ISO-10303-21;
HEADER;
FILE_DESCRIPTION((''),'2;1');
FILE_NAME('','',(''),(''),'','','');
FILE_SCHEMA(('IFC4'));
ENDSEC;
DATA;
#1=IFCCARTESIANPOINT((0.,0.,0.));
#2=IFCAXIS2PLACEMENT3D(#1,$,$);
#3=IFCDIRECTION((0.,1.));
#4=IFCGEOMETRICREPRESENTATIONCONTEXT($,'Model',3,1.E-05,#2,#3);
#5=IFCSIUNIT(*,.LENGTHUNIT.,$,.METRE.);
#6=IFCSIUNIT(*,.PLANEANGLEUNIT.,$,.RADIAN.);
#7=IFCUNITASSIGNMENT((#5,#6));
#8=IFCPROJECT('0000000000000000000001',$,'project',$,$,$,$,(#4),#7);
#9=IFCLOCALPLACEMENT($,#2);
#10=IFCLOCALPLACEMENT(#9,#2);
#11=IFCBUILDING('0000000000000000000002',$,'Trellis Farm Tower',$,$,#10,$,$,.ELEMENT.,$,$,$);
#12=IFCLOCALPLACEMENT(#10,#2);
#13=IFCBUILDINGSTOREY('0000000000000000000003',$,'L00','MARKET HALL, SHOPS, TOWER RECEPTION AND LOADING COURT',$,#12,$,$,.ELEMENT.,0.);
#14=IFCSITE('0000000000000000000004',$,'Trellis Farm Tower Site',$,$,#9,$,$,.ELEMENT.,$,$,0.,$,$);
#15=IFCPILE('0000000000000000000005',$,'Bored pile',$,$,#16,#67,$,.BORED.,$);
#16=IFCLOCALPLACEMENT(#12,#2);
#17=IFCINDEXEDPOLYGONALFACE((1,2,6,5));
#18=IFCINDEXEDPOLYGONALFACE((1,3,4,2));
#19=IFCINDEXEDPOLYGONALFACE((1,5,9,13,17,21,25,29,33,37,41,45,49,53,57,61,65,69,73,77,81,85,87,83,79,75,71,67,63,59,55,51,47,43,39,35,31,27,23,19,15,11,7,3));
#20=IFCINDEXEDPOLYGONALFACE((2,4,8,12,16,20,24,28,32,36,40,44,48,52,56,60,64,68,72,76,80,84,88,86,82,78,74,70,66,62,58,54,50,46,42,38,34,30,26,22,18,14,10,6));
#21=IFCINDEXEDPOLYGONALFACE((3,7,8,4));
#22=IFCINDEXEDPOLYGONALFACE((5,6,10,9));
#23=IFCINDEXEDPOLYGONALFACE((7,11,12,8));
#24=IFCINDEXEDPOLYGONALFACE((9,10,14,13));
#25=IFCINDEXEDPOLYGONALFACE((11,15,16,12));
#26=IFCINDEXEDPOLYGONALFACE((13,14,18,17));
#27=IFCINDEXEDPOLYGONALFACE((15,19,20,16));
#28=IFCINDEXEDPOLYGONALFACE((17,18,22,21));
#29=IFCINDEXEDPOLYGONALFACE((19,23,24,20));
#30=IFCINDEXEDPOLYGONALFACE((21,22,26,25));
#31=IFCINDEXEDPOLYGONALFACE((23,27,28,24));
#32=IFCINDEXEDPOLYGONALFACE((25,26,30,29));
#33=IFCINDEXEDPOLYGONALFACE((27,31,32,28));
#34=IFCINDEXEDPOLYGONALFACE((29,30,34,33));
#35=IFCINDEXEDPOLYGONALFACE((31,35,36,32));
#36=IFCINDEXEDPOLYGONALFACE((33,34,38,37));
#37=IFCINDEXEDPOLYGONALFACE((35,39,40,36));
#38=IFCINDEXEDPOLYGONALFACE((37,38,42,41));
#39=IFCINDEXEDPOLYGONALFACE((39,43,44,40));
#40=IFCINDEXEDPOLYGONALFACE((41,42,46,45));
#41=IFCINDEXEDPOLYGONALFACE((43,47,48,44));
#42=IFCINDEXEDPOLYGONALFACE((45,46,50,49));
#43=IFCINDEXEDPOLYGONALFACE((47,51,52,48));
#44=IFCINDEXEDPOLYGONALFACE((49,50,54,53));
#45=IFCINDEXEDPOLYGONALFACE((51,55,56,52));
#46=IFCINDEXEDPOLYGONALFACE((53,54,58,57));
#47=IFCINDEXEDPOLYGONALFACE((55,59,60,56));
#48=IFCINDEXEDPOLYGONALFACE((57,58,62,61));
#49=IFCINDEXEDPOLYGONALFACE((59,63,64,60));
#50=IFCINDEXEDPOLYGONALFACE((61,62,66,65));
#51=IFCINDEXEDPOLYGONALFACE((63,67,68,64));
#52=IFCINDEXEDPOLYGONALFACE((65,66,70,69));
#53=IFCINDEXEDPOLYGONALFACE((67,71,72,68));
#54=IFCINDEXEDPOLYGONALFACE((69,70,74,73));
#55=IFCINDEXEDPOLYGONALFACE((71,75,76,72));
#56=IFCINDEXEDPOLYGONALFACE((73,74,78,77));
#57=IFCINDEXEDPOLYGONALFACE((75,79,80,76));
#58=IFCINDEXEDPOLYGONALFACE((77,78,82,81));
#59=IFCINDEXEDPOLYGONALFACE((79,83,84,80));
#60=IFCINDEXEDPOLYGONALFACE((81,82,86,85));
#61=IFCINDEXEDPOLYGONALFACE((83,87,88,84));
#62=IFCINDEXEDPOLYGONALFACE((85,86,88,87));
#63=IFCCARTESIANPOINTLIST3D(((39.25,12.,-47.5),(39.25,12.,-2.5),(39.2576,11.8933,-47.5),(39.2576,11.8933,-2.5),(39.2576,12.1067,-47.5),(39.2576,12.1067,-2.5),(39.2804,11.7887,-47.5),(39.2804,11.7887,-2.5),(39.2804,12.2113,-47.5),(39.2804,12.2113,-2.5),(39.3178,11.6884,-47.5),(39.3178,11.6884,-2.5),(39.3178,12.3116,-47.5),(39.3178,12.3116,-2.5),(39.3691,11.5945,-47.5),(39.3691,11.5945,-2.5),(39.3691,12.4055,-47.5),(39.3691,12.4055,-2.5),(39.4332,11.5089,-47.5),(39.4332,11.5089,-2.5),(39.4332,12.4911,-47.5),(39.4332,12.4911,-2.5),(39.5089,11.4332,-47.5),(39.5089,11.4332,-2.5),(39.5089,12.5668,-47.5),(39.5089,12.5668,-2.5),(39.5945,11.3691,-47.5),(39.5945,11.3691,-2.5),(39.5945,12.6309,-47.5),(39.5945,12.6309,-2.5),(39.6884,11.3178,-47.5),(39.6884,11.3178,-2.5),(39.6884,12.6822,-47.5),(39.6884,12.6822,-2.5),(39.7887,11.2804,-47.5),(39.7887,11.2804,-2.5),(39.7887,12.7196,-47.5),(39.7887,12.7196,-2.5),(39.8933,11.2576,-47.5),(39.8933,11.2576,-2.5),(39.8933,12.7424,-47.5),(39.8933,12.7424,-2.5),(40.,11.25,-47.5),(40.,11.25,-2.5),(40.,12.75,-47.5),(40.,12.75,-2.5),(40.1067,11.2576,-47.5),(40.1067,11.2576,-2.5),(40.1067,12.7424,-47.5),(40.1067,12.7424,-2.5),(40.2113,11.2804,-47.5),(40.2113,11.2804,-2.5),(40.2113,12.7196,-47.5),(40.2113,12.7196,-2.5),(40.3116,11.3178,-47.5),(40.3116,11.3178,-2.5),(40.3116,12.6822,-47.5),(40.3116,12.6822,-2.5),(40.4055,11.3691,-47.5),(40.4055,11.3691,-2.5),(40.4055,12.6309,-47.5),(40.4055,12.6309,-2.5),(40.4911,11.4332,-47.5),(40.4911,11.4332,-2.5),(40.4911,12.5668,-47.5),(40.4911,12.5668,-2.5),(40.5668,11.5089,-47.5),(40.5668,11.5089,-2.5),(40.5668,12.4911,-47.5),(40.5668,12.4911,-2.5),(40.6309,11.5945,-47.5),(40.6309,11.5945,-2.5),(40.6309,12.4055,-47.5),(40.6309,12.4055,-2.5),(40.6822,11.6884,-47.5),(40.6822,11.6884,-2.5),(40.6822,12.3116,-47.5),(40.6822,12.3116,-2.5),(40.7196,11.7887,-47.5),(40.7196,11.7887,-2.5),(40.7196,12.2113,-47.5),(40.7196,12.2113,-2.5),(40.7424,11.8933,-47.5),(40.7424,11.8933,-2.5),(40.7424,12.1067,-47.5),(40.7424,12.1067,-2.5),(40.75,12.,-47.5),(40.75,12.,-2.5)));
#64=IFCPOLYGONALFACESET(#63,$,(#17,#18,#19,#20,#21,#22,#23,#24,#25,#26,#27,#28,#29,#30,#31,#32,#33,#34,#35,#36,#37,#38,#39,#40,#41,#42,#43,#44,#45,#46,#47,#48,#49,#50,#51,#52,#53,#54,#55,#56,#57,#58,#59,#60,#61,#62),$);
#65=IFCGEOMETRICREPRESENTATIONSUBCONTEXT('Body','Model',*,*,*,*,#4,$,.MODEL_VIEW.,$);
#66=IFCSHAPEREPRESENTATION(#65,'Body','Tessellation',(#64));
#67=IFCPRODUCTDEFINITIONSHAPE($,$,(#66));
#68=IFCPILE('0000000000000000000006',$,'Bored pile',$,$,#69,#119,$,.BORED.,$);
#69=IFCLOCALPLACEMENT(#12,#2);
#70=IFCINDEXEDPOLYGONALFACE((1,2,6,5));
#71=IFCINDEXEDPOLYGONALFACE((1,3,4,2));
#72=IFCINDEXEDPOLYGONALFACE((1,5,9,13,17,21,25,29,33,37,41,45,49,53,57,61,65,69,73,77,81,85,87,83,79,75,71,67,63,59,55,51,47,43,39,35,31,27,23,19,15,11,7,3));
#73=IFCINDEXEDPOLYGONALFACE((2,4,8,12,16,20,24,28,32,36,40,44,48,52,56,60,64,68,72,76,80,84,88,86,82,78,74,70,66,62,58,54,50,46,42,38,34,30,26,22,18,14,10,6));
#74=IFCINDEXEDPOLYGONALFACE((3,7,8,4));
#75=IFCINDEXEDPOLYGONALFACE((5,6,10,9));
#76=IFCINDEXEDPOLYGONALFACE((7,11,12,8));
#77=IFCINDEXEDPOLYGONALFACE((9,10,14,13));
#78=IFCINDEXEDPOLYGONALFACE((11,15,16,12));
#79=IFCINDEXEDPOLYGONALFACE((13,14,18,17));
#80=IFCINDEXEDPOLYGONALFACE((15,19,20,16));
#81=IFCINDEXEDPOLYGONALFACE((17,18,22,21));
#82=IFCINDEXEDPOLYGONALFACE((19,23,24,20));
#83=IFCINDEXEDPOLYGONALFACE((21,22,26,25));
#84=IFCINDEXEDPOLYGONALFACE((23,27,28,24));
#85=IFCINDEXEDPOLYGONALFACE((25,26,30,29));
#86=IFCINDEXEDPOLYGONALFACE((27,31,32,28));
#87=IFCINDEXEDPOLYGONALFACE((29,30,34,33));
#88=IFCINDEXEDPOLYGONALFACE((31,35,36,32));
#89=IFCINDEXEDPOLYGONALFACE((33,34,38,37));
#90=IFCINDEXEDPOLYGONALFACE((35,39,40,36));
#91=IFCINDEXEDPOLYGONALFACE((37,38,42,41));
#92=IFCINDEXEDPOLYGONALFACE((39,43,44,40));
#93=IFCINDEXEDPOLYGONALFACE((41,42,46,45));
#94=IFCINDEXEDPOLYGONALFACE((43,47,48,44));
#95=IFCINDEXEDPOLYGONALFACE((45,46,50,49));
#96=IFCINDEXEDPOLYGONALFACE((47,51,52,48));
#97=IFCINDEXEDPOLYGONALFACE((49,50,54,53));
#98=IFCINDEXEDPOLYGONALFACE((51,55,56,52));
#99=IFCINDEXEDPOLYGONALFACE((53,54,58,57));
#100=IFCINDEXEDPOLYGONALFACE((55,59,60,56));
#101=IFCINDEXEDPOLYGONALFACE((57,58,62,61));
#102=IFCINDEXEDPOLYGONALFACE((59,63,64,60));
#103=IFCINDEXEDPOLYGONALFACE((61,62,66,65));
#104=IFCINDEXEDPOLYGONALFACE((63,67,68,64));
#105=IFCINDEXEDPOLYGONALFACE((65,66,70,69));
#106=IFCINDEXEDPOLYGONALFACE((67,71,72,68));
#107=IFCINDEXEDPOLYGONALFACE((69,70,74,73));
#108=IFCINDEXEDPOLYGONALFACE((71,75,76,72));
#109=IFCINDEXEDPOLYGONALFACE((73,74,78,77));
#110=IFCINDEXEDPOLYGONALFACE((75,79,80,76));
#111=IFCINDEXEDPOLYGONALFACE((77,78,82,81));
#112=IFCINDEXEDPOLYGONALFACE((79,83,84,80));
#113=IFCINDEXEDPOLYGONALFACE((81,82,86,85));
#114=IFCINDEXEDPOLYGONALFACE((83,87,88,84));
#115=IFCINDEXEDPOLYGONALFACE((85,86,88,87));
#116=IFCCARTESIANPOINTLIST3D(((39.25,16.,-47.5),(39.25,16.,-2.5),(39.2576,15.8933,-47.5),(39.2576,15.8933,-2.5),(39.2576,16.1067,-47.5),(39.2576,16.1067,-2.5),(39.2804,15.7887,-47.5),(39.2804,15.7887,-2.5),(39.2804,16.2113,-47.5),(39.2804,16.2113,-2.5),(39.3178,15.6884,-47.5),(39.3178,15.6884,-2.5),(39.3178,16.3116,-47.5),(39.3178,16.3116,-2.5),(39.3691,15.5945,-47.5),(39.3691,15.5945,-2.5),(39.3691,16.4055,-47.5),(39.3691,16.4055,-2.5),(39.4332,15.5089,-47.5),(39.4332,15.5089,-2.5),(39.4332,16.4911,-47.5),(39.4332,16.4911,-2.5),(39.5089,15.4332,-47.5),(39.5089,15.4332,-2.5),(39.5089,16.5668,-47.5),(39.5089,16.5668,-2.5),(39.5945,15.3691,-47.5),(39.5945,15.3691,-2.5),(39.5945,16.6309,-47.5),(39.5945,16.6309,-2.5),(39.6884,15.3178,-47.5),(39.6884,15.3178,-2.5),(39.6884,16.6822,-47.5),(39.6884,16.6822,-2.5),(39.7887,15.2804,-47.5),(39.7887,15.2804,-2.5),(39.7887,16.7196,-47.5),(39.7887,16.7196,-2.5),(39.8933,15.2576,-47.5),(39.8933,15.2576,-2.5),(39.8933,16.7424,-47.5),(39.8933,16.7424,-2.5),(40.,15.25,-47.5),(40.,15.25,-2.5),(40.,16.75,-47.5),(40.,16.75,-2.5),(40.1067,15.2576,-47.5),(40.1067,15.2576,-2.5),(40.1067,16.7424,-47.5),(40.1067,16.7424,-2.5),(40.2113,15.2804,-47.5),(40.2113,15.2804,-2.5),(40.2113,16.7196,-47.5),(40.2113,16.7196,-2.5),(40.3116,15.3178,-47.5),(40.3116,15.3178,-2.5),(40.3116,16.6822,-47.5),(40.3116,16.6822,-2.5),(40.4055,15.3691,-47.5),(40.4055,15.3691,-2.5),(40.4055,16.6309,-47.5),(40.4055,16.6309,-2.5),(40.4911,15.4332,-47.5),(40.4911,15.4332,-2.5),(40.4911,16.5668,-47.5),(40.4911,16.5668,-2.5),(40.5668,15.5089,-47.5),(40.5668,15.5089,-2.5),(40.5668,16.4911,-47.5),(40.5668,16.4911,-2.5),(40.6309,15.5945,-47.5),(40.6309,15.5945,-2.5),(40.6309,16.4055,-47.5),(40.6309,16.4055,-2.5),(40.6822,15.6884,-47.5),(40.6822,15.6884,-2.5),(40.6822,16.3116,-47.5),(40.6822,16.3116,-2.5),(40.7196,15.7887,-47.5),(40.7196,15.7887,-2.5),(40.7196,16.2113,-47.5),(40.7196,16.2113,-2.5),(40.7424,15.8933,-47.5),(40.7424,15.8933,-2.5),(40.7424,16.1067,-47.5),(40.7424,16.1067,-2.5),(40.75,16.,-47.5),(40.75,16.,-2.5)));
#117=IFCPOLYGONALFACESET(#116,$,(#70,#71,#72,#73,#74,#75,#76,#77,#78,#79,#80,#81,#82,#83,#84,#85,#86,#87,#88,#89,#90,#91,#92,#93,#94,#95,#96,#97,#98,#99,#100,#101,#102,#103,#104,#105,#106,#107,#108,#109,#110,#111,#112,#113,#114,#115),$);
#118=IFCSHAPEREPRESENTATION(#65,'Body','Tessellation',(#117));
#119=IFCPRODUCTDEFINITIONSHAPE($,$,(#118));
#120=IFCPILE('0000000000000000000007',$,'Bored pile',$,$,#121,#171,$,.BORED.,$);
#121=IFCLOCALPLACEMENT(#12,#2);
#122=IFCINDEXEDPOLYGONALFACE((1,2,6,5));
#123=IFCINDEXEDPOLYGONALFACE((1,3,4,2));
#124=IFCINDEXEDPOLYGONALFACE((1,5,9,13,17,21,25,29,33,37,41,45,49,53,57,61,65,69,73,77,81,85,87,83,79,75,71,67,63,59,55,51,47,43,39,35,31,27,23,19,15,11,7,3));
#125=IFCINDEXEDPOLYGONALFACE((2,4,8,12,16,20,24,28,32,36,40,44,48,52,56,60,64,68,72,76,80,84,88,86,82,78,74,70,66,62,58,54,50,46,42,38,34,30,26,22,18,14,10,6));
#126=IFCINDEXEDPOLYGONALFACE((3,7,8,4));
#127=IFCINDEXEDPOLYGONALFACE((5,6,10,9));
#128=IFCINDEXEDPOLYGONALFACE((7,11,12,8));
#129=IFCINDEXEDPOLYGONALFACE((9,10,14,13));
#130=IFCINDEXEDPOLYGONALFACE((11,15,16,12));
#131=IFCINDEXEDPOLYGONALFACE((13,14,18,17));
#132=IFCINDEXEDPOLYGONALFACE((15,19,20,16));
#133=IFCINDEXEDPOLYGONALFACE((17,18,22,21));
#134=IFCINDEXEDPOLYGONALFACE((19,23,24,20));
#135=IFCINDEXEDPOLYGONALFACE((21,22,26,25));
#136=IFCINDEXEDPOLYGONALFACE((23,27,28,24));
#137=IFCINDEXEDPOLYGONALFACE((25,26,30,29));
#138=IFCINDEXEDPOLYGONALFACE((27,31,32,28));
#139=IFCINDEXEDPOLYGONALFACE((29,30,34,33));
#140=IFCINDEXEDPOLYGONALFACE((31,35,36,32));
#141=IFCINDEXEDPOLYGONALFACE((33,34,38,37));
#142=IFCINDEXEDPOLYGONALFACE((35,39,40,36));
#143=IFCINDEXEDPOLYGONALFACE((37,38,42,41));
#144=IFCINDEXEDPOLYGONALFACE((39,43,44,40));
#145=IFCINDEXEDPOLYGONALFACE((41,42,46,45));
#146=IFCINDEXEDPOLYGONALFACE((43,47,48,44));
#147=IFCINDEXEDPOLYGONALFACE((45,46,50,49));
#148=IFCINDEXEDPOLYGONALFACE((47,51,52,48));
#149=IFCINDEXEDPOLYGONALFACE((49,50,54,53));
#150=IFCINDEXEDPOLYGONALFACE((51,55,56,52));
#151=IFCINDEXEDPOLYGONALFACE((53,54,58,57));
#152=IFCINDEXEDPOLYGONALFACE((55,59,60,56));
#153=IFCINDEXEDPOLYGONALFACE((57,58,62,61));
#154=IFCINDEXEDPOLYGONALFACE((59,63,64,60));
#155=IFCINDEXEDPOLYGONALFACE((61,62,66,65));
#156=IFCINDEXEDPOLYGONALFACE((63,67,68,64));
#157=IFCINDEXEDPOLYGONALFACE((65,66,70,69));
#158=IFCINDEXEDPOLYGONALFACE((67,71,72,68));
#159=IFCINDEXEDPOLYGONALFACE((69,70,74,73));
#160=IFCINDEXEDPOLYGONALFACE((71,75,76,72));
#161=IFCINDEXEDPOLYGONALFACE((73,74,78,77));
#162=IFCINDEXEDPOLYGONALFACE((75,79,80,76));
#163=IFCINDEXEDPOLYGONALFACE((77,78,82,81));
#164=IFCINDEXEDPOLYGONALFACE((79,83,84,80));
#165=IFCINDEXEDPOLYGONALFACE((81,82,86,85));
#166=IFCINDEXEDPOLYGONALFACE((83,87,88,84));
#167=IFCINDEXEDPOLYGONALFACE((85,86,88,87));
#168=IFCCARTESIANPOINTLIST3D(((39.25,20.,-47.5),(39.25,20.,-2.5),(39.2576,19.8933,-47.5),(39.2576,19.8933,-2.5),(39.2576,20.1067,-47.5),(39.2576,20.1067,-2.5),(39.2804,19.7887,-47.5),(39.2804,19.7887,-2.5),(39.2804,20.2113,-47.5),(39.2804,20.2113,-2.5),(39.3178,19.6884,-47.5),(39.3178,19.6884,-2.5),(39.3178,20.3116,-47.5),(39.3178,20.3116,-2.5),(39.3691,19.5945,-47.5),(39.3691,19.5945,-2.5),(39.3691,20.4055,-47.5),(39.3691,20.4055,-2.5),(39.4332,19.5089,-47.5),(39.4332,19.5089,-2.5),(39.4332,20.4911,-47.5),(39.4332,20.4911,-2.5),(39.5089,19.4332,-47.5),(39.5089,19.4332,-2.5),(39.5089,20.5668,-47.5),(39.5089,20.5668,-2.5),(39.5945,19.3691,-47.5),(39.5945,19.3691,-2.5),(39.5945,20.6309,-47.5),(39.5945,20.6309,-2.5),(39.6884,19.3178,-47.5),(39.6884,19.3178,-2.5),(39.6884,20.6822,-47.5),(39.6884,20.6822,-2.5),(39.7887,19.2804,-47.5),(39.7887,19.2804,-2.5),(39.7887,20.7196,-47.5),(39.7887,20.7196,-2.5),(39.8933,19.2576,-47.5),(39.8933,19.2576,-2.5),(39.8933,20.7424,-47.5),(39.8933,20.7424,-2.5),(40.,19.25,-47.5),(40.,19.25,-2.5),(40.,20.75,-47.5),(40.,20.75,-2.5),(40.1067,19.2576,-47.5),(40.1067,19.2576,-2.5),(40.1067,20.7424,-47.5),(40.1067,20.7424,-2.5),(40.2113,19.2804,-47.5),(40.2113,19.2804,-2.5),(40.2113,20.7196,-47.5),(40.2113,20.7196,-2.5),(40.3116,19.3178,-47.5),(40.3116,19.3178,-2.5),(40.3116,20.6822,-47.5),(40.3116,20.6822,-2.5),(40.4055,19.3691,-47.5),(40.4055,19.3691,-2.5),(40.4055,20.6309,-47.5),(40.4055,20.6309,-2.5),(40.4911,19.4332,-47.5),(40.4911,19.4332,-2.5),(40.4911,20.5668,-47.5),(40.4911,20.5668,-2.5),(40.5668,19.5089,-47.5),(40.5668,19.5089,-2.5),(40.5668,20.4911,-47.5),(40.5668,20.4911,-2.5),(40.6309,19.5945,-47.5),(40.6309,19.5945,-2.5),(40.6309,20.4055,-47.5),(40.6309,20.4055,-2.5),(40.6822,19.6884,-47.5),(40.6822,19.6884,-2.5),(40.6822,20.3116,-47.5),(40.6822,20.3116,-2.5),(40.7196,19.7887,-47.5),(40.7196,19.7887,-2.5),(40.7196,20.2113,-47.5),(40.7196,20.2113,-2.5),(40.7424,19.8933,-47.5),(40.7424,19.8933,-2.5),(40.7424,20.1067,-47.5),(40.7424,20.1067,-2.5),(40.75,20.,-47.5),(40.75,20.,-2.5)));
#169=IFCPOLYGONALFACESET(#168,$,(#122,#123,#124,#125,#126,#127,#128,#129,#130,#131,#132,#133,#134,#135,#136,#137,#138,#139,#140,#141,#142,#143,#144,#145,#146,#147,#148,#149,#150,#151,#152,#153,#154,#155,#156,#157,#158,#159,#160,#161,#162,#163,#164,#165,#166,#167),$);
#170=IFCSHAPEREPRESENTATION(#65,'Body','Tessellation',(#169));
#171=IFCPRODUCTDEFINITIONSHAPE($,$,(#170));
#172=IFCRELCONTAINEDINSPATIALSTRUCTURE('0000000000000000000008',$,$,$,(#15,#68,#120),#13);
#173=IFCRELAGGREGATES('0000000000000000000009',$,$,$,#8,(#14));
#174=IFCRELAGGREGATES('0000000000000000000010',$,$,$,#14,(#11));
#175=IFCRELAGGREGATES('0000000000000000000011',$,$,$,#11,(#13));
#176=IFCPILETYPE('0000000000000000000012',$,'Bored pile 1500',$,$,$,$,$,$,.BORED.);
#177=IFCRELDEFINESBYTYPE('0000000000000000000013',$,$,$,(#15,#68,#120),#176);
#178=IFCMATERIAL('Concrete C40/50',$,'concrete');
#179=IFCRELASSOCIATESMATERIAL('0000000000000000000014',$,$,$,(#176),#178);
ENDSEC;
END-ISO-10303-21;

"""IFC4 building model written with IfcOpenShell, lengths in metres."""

from ifc_helpers import new_model, si_unit, direction, frame, origin, origin_2d, place, context, subcontext, project, spatial, circle, extrude, source, transform, mapped, material, material_profile, profile_set, type_object, element, save


model = new_model("IFC4")

# Units and contexts
model_context = context("Model", 3, precision=1e-05, world=origin(), true_north=direction((0.0, 1.0)))
body_context = subcontext(model_context, "Body", "Model", "MODEL_VIEW")
ifc_project = project(units=[si_unit("LENGTHUNIT", "METRE"), si_unit("PLANEANGLEUNIT", "RADIAN")], contexts=[model_context])

# Site, building, storey
site_placement = place(None, origin())
site = spatial("IfcSite", under=ifc_project, at=site_placement, Name="Trellis Farm Tower Site", CompositionType="ELEMENT", RefElevation=0.0)
building_placement = place(site_placement, origin())
building = spatial("IfcBuilding", under=site, at=building_placement, Name="Trellis Farm Tower", CompositionType="ELEMENT")
storey_placement = place(building_placement, origin())
storey = spatial("IfcBuildingStorey", under=building, at=storey_placement, Name="L00", Description="MARKET HALL, SHOPS, TOWER RECEPTION AND LOADING COURT", CompositionType="ELEMENT", Elevation=0.0)

# Piles
ifc_material_1 = material(Name="Concrete C40/50", Category="concrete")
ifc_material_profile_1 = material_profile(ifc_material_1, circle(Radius=0.75, at=origin_2d()), Name="Bored pile 1500")
ifc_profile_set_1 = profile_set([ifc_material_profile_1], Name="Concrete C40/50")
pile_type = type_object("IfcPileType", Name="Bored pile 1500", PredefinedType="BORED", material=ifc_profile_set_1)
shared_shape_1 = source(origin(), body_context, "Body", "SweptSolid", [
    extrude(circle(Radius=0.75, at=origin_2d()), origin(), (0.0, 0.0, 1.0), 45.0),
])
for number, where, z_axis, x_axis, name in (
    (1, (40.0, 12.0, -2.5), (0.0, 0.0, -1.0), (1.0, 0.0, 0.0), "Bored pile"),
    (2, (40.0, 16.0, -2.5), (0.0, 0.0, -1.0), (1.0, 0.0, 0.0), "Bored pile"),
    (3, (40.0, 20.0, -2.5), (0.0, 0.0, -1.0), (1.0, 0.0, 0.0), "Bored pile"),
):
    element("IfcPile", number, at=place(storey_placement, frame(where, z_axis=z_axis, x_axis=x_axis)), inside=storey, type_object=pile_type, Name=name, PredefinedType="BORED", context=body_context, shape_type="MappedRepresentation", body=[
        mapped(shared_shape_1, transform((0.0, 0.0, 0.0))),
    ])

save(model, "model.ifc")
